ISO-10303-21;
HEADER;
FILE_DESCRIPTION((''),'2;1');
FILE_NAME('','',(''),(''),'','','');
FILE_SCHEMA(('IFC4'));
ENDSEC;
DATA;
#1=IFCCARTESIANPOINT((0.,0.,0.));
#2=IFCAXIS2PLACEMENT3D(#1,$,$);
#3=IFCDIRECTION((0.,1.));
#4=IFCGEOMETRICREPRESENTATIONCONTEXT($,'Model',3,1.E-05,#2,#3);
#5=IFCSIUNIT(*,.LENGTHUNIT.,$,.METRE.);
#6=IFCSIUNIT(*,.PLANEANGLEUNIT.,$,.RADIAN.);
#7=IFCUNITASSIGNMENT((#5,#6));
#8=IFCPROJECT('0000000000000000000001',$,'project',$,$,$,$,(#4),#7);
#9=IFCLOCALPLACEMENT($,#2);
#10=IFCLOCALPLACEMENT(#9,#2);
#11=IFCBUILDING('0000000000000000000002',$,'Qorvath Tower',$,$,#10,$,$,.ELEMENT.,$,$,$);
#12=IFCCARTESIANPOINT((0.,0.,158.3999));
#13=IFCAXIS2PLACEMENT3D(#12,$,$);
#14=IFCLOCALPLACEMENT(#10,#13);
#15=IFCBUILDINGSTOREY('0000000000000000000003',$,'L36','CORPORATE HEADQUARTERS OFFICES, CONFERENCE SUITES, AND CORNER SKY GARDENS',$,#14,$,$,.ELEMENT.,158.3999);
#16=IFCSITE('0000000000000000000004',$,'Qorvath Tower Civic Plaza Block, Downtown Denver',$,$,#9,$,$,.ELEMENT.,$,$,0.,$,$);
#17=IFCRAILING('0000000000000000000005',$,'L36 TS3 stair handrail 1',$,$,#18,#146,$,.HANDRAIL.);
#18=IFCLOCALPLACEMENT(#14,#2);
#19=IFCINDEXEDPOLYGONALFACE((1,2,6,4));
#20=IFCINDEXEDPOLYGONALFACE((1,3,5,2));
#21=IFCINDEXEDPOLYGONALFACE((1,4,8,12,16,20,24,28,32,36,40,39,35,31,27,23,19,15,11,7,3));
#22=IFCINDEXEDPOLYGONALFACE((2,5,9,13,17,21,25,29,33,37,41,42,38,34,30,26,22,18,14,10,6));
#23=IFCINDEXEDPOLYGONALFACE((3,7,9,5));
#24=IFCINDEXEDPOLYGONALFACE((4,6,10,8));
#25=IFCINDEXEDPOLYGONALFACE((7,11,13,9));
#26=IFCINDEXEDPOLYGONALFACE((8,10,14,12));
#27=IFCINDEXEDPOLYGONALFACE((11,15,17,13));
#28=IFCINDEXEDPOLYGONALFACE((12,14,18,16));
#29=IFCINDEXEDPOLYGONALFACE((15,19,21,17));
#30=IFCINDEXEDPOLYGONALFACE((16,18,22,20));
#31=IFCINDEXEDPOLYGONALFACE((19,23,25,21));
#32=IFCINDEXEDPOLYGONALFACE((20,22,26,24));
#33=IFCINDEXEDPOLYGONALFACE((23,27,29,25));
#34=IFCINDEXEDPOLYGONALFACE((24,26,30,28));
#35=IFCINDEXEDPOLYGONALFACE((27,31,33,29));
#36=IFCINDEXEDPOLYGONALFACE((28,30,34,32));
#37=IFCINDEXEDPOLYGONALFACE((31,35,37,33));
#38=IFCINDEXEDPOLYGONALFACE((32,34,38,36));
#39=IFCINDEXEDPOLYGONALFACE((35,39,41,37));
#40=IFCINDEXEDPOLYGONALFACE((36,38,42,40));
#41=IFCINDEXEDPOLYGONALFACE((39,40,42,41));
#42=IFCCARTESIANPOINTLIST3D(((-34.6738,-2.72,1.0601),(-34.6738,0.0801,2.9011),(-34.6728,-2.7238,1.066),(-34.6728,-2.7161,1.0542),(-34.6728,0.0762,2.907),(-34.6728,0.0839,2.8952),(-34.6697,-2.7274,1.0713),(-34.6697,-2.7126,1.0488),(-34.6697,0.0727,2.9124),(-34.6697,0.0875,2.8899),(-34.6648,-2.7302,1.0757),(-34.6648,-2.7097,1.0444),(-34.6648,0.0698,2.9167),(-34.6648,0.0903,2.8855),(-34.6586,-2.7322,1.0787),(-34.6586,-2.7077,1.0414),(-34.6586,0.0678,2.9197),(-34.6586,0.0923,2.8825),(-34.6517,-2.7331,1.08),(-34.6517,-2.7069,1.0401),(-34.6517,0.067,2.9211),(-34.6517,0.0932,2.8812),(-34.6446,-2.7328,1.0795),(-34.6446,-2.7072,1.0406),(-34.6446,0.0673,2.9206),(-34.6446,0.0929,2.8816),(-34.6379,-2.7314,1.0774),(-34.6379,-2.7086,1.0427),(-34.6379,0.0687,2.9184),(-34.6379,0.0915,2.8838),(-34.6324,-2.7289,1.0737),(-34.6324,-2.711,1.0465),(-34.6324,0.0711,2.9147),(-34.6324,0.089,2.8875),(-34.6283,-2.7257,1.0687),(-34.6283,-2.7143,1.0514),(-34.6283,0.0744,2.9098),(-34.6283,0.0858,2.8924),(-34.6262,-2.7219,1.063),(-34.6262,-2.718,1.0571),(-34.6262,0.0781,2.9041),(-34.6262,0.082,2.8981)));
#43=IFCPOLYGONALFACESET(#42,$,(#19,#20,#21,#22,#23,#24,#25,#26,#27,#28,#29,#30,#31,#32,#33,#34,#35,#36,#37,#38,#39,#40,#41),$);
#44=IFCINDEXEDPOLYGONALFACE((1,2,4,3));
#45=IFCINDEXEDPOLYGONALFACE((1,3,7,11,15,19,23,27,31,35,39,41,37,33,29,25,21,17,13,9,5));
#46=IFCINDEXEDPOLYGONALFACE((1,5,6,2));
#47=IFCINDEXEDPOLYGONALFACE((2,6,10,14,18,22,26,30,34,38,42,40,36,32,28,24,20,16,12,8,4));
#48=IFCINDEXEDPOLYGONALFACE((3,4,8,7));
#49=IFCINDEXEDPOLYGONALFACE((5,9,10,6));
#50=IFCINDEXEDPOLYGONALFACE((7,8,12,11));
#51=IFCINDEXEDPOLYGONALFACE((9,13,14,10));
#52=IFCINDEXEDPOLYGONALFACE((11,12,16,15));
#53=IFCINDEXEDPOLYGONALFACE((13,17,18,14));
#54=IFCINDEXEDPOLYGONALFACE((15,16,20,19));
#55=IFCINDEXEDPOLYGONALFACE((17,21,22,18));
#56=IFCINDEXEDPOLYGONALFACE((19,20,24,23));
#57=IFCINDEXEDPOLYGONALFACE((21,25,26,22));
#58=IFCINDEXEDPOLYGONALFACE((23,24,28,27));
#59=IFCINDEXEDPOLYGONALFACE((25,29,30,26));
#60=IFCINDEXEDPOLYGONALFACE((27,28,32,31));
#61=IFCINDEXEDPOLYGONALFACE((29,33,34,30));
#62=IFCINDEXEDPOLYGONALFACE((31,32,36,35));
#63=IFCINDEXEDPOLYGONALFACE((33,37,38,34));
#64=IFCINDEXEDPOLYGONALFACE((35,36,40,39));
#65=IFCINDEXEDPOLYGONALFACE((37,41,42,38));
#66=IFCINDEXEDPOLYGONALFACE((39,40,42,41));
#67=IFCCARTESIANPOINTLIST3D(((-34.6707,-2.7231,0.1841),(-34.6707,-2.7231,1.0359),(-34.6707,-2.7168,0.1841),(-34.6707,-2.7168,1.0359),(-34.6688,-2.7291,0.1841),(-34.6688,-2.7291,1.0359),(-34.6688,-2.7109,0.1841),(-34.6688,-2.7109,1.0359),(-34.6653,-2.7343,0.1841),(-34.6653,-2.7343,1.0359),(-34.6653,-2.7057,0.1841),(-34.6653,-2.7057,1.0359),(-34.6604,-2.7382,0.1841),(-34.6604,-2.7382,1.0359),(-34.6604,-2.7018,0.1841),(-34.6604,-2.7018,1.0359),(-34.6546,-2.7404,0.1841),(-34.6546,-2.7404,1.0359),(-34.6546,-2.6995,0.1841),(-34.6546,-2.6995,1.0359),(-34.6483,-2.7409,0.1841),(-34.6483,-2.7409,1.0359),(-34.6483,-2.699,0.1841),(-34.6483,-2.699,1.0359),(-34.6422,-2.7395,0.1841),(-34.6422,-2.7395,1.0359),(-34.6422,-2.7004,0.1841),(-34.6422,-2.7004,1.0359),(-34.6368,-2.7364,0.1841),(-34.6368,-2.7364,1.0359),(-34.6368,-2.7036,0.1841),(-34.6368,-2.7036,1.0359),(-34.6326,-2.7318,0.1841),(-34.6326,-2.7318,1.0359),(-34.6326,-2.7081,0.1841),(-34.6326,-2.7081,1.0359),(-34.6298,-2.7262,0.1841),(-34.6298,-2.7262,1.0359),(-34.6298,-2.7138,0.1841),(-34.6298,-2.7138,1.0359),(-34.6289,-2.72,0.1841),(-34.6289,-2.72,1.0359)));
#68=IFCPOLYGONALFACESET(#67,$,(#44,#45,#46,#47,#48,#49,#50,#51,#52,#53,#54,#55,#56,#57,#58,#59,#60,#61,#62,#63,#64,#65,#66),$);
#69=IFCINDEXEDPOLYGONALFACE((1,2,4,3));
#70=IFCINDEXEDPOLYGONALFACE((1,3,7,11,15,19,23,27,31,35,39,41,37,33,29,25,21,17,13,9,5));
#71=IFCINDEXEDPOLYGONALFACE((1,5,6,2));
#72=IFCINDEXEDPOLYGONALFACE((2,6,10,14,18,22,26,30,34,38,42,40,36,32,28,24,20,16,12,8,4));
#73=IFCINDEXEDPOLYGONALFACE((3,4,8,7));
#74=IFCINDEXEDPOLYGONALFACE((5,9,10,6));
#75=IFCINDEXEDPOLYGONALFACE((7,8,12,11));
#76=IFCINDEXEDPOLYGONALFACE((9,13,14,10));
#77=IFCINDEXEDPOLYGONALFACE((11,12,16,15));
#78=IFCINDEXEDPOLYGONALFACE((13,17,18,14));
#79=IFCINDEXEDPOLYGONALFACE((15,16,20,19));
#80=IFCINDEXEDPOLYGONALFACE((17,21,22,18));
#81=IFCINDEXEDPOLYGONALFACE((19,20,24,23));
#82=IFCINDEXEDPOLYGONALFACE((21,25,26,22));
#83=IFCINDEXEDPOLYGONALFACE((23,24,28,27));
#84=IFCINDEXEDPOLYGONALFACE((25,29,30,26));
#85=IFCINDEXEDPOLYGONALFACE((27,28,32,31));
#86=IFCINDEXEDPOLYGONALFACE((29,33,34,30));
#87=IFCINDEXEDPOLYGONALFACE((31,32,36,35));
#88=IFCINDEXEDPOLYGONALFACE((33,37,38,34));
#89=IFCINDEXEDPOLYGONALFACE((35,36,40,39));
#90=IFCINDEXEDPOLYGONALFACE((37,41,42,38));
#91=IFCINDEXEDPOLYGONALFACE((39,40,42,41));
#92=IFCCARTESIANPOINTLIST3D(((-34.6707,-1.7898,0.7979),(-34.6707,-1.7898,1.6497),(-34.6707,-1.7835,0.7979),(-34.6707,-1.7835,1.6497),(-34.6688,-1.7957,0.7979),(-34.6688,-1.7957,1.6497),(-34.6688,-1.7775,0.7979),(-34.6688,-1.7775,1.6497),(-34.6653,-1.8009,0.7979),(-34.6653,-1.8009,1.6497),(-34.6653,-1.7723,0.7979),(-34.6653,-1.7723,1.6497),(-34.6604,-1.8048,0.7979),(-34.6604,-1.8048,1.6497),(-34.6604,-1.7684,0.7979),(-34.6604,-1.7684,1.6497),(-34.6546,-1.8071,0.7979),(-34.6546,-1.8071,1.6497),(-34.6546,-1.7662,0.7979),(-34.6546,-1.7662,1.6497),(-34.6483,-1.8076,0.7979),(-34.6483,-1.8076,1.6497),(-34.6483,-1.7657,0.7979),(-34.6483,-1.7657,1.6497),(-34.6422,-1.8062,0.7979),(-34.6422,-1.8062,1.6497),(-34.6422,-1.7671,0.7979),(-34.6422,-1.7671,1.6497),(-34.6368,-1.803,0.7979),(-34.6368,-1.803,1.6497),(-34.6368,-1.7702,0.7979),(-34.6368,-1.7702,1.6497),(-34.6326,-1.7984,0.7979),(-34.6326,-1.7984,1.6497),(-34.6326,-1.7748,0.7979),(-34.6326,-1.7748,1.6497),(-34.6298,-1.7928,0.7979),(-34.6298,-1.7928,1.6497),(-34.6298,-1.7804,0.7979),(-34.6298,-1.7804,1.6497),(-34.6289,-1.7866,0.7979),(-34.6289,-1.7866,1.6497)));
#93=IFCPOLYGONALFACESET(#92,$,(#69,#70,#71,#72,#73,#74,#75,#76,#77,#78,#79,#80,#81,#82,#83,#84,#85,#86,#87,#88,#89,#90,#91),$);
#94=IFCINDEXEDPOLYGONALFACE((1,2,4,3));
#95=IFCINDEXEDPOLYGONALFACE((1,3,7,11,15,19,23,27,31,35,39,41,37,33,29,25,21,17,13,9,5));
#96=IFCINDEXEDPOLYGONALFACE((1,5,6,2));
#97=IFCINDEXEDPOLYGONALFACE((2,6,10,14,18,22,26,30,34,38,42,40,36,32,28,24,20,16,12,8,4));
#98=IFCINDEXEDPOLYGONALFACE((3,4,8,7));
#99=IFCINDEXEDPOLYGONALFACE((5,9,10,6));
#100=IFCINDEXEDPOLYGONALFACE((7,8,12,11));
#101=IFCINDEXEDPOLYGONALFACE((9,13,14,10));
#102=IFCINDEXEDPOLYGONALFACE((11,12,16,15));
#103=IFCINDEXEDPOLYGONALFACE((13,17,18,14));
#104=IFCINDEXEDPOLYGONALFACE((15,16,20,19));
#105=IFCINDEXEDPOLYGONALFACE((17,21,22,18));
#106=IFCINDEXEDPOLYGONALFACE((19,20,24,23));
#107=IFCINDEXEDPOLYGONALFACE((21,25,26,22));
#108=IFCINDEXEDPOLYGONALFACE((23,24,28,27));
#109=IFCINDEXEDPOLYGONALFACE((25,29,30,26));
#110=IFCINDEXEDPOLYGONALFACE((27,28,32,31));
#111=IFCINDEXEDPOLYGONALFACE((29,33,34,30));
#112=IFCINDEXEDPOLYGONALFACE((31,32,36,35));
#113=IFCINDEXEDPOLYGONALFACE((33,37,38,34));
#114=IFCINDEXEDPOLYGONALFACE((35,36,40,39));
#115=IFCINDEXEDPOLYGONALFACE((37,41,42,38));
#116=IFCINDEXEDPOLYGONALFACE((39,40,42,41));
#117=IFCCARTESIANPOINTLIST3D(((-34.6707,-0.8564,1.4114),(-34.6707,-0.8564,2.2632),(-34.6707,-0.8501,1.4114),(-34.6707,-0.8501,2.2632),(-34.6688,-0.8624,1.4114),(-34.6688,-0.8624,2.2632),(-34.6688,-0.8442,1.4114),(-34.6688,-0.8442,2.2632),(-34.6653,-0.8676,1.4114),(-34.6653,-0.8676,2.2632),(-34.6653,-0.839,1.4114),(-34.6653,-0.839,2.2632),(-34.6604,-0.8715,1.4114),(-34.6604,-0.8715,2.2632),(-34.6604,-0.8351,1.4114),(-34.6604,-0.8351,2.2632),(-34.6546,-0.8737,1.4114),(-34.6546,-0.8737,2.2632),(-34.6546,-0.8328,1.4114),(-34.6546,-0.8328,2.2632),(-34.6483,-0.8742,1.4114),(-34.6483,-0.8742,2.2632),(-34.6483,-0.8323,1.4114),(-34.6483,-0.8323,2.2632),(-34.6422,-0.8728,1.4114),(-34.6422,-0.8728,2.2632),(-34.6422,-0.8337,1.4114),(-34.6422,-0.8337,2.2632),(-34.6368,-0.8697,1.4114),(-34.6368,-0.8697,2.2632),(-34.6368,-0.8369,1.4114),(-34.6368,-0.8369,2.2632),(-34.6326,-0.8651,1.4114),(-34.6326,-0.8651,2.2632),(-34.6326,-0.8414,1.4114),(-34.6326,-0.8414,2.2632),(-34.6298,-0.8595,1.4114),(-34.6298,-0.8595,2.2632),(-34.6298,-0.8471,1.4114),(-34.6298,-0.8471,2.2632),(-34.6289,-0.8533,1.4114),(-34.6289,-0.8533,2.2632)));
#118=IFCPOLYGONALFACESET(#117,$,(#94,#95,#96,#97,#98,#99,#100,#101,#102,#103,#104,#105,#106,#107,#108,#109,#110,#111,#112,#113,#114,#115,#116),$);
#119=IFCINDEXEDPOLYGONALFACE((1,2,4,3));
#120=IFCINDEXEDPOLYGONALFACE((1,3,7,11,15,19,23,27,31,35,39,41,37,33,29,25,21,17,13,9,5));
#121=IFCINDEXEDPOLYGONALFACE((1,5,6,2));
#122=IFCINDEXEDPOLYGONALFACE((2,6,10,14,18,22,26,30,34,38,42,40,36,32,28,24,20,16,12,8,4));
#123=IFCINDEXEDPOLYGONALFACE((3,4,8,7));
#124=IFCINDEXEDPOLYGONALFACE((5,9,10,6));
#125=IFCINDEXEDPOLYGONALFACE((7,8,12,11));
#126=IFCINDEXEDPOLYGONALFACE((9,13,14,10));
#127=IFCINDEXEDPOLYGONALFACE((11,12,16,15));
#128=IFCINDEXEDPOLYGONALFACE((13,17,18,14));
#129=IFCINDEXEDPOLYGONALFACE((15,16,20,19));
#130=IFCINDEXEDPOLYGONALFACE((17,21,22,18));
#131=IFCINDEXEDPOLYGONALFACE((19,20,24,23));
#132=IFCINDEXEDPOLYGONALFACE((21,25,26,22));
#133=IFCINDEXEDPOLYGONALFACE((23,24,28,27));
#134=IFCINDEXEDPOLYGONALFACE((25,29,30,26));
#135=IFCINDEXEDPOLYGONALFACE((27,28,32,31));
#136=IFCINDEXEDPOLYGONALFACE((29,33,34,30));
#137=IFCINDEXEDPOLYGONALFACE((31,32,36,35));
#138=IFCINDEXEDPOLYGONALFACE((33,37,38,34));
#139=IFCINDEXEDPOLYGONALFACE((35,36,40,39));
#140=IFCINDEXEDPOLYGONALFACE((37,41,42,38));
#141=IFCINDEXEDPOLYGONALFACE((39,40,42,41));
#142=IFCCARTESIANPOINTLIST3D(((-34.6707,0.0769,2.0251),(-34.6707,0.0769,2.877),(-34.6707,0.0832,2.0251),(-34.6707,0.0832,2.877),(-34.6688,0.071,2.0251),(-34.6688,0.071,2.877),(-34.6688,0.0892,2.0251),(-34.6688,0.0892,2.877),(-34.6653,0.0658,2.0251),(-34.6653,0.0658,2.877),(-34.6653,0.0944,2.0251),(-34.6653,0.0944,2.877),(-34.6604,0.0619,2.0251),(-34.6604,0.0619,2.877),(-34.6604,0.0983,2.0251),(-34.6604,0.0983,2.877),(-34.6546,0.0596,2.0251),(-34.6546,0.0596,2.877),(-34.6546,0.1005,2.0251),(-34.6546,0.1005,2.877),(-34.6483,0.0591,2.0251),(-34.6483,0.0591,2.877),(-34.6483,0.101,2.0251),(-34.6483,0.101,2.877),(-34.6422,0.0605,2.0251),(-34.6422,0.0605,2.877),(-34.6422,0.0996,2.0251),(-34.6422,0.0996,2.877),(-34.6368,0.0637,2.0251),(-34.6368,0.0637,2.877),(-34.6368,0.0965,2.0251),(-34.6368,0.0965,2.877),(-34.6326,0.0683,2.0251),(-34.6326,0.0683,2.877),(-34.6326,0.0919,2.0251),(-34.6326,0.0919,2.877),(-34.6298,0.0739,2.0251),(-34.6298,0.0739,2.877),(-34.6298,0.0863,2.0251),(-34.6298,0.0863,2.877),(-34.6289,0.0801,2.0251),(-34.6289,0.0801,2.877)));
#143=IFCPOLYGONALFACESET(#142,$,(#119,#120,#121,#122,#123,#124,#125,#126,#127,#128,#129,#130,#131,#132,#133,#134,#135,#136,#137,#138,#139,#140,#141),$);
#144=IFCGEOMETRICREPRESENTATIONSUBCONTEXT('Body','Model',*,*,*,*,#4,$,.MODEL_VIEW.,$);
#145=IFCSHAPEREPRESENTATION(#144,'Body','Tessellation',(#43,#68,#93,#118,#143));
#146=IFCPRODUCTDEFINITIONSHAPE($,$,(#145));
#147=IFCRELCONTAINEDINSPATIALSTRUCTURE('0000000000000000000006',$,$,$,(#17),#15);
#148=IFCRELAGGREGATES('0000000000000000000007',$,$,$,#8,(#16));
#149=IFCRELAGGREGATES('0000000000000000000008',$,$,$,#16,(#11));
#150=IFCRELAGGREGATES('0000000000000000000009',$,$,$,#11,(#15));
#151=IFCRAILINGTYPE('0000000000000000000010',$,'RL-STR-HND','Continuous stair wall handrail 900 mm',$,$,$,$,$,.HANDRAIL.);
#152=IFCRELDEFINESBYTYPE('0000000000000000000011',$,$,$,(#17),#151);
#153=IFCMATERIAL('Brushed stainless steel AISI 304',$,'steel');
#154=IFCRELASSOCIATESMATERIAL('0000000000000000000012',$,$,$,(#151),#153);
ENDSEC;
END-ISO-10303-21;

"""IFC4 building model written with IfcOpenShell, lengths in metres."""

from ifc_helpers import new_model, si_unit, direction, frame, origin, origin_2d, place, context, subcontext, project, spatial, circle, extrude, material, type_object, element, save


model = new_model("IFC4")

# Units and contexts
model_context = context("Model", 3, precision=1e-05, world=origin(), true_north=direction((0.0, 1.0)))
body_context = subcontext(model_context, "Body", "Model", "MODEL_VIEW")
ifc_project = project(units=[si_unit("LENGTHUNIT", "METRE"), si_unit("PLANEANGLEUNIT", "RADIAN")], contexts=[model_context])

# Site, building, storey
site_placement = place(None, origin())
site = spatial("IfcSite", under=ifc_project, at=site_placement, Name="Qorvath Tower Civic Plaza Block, Downtown Denver", CompositionType="ELEMENT", RefElevation=0.0)
building_placement = place(site_placement, origin())
building = spatial("IfcBuilding", under=site, at=building_placement, Name="Qorvath Tower", CompositionType="ELEMENT")
storey_placement = place(building_placement, frame((0.0, 0.0, 158.3999)))
storey = spatial("IfcBuildingStorey", under=building, at=storey_placement, Name="L36", Description="CORPORATE HEADQUARTERS OFFICES, CONFERENCE SUITES, AND CORNER SKY GARDENS", CompositionType="ELEMENT", Elevation=158.3999)

# Railing
ifc_material_1 = material(Name="Brushed stainless steel AISI 304", Category="steel")
railing_type_1 = type_object("IfcRailingType", Name="RL-STR-HND", Description="Continuous stair wall handrail 900 mm", PredefinedType="HANDRAIL", material=ifc_material_1)
railing_1_placement = place(storey_placement, frame((-34.6499, -2.72, 0.1841)))
element("IfcRailing", 1, at=railing_1_placement, inside=storey, type_object=railing_type_1, Name="L36 TS3 stair handrail 1", PredefinedType="HANDRAIL", context=body_context, shape_type="SweptSolid", body=[
    extrude(circle(Radius=0.0239, at=origin_2d()), frame((0.0, 0.0, 0.876), z_axis=(0.0, 0.835564, 0.549393), x_axis=(-1.0, 0.0, 0.0)), (0.0, 0.0, 1.0), 3.3511),
    extrude(circle(Radius=0.021, at=origin_2d()), origin(), (0.0, 0.0, 1.0), 0.8518),
    extrude(circle(Radius=0.021, at=origin_2d()), frame((0.0, 0.9333, 0.6138)), (0.0, 0.0, 1.0), 0.8518),
    extrude(circle(Radius=0.021, at=origin_2d()), frame((0.0, 1.8667, 1.2273)), (0.0, 0.0, 1.0), 0.8518),
    extrude(circle(Radius=0.021, at=origin_2d()), frame((0.0, 2.8, 1.8411)), (0.0, 0.0, 1.0), 0.8518),
])

save(model, "model.ifc")
